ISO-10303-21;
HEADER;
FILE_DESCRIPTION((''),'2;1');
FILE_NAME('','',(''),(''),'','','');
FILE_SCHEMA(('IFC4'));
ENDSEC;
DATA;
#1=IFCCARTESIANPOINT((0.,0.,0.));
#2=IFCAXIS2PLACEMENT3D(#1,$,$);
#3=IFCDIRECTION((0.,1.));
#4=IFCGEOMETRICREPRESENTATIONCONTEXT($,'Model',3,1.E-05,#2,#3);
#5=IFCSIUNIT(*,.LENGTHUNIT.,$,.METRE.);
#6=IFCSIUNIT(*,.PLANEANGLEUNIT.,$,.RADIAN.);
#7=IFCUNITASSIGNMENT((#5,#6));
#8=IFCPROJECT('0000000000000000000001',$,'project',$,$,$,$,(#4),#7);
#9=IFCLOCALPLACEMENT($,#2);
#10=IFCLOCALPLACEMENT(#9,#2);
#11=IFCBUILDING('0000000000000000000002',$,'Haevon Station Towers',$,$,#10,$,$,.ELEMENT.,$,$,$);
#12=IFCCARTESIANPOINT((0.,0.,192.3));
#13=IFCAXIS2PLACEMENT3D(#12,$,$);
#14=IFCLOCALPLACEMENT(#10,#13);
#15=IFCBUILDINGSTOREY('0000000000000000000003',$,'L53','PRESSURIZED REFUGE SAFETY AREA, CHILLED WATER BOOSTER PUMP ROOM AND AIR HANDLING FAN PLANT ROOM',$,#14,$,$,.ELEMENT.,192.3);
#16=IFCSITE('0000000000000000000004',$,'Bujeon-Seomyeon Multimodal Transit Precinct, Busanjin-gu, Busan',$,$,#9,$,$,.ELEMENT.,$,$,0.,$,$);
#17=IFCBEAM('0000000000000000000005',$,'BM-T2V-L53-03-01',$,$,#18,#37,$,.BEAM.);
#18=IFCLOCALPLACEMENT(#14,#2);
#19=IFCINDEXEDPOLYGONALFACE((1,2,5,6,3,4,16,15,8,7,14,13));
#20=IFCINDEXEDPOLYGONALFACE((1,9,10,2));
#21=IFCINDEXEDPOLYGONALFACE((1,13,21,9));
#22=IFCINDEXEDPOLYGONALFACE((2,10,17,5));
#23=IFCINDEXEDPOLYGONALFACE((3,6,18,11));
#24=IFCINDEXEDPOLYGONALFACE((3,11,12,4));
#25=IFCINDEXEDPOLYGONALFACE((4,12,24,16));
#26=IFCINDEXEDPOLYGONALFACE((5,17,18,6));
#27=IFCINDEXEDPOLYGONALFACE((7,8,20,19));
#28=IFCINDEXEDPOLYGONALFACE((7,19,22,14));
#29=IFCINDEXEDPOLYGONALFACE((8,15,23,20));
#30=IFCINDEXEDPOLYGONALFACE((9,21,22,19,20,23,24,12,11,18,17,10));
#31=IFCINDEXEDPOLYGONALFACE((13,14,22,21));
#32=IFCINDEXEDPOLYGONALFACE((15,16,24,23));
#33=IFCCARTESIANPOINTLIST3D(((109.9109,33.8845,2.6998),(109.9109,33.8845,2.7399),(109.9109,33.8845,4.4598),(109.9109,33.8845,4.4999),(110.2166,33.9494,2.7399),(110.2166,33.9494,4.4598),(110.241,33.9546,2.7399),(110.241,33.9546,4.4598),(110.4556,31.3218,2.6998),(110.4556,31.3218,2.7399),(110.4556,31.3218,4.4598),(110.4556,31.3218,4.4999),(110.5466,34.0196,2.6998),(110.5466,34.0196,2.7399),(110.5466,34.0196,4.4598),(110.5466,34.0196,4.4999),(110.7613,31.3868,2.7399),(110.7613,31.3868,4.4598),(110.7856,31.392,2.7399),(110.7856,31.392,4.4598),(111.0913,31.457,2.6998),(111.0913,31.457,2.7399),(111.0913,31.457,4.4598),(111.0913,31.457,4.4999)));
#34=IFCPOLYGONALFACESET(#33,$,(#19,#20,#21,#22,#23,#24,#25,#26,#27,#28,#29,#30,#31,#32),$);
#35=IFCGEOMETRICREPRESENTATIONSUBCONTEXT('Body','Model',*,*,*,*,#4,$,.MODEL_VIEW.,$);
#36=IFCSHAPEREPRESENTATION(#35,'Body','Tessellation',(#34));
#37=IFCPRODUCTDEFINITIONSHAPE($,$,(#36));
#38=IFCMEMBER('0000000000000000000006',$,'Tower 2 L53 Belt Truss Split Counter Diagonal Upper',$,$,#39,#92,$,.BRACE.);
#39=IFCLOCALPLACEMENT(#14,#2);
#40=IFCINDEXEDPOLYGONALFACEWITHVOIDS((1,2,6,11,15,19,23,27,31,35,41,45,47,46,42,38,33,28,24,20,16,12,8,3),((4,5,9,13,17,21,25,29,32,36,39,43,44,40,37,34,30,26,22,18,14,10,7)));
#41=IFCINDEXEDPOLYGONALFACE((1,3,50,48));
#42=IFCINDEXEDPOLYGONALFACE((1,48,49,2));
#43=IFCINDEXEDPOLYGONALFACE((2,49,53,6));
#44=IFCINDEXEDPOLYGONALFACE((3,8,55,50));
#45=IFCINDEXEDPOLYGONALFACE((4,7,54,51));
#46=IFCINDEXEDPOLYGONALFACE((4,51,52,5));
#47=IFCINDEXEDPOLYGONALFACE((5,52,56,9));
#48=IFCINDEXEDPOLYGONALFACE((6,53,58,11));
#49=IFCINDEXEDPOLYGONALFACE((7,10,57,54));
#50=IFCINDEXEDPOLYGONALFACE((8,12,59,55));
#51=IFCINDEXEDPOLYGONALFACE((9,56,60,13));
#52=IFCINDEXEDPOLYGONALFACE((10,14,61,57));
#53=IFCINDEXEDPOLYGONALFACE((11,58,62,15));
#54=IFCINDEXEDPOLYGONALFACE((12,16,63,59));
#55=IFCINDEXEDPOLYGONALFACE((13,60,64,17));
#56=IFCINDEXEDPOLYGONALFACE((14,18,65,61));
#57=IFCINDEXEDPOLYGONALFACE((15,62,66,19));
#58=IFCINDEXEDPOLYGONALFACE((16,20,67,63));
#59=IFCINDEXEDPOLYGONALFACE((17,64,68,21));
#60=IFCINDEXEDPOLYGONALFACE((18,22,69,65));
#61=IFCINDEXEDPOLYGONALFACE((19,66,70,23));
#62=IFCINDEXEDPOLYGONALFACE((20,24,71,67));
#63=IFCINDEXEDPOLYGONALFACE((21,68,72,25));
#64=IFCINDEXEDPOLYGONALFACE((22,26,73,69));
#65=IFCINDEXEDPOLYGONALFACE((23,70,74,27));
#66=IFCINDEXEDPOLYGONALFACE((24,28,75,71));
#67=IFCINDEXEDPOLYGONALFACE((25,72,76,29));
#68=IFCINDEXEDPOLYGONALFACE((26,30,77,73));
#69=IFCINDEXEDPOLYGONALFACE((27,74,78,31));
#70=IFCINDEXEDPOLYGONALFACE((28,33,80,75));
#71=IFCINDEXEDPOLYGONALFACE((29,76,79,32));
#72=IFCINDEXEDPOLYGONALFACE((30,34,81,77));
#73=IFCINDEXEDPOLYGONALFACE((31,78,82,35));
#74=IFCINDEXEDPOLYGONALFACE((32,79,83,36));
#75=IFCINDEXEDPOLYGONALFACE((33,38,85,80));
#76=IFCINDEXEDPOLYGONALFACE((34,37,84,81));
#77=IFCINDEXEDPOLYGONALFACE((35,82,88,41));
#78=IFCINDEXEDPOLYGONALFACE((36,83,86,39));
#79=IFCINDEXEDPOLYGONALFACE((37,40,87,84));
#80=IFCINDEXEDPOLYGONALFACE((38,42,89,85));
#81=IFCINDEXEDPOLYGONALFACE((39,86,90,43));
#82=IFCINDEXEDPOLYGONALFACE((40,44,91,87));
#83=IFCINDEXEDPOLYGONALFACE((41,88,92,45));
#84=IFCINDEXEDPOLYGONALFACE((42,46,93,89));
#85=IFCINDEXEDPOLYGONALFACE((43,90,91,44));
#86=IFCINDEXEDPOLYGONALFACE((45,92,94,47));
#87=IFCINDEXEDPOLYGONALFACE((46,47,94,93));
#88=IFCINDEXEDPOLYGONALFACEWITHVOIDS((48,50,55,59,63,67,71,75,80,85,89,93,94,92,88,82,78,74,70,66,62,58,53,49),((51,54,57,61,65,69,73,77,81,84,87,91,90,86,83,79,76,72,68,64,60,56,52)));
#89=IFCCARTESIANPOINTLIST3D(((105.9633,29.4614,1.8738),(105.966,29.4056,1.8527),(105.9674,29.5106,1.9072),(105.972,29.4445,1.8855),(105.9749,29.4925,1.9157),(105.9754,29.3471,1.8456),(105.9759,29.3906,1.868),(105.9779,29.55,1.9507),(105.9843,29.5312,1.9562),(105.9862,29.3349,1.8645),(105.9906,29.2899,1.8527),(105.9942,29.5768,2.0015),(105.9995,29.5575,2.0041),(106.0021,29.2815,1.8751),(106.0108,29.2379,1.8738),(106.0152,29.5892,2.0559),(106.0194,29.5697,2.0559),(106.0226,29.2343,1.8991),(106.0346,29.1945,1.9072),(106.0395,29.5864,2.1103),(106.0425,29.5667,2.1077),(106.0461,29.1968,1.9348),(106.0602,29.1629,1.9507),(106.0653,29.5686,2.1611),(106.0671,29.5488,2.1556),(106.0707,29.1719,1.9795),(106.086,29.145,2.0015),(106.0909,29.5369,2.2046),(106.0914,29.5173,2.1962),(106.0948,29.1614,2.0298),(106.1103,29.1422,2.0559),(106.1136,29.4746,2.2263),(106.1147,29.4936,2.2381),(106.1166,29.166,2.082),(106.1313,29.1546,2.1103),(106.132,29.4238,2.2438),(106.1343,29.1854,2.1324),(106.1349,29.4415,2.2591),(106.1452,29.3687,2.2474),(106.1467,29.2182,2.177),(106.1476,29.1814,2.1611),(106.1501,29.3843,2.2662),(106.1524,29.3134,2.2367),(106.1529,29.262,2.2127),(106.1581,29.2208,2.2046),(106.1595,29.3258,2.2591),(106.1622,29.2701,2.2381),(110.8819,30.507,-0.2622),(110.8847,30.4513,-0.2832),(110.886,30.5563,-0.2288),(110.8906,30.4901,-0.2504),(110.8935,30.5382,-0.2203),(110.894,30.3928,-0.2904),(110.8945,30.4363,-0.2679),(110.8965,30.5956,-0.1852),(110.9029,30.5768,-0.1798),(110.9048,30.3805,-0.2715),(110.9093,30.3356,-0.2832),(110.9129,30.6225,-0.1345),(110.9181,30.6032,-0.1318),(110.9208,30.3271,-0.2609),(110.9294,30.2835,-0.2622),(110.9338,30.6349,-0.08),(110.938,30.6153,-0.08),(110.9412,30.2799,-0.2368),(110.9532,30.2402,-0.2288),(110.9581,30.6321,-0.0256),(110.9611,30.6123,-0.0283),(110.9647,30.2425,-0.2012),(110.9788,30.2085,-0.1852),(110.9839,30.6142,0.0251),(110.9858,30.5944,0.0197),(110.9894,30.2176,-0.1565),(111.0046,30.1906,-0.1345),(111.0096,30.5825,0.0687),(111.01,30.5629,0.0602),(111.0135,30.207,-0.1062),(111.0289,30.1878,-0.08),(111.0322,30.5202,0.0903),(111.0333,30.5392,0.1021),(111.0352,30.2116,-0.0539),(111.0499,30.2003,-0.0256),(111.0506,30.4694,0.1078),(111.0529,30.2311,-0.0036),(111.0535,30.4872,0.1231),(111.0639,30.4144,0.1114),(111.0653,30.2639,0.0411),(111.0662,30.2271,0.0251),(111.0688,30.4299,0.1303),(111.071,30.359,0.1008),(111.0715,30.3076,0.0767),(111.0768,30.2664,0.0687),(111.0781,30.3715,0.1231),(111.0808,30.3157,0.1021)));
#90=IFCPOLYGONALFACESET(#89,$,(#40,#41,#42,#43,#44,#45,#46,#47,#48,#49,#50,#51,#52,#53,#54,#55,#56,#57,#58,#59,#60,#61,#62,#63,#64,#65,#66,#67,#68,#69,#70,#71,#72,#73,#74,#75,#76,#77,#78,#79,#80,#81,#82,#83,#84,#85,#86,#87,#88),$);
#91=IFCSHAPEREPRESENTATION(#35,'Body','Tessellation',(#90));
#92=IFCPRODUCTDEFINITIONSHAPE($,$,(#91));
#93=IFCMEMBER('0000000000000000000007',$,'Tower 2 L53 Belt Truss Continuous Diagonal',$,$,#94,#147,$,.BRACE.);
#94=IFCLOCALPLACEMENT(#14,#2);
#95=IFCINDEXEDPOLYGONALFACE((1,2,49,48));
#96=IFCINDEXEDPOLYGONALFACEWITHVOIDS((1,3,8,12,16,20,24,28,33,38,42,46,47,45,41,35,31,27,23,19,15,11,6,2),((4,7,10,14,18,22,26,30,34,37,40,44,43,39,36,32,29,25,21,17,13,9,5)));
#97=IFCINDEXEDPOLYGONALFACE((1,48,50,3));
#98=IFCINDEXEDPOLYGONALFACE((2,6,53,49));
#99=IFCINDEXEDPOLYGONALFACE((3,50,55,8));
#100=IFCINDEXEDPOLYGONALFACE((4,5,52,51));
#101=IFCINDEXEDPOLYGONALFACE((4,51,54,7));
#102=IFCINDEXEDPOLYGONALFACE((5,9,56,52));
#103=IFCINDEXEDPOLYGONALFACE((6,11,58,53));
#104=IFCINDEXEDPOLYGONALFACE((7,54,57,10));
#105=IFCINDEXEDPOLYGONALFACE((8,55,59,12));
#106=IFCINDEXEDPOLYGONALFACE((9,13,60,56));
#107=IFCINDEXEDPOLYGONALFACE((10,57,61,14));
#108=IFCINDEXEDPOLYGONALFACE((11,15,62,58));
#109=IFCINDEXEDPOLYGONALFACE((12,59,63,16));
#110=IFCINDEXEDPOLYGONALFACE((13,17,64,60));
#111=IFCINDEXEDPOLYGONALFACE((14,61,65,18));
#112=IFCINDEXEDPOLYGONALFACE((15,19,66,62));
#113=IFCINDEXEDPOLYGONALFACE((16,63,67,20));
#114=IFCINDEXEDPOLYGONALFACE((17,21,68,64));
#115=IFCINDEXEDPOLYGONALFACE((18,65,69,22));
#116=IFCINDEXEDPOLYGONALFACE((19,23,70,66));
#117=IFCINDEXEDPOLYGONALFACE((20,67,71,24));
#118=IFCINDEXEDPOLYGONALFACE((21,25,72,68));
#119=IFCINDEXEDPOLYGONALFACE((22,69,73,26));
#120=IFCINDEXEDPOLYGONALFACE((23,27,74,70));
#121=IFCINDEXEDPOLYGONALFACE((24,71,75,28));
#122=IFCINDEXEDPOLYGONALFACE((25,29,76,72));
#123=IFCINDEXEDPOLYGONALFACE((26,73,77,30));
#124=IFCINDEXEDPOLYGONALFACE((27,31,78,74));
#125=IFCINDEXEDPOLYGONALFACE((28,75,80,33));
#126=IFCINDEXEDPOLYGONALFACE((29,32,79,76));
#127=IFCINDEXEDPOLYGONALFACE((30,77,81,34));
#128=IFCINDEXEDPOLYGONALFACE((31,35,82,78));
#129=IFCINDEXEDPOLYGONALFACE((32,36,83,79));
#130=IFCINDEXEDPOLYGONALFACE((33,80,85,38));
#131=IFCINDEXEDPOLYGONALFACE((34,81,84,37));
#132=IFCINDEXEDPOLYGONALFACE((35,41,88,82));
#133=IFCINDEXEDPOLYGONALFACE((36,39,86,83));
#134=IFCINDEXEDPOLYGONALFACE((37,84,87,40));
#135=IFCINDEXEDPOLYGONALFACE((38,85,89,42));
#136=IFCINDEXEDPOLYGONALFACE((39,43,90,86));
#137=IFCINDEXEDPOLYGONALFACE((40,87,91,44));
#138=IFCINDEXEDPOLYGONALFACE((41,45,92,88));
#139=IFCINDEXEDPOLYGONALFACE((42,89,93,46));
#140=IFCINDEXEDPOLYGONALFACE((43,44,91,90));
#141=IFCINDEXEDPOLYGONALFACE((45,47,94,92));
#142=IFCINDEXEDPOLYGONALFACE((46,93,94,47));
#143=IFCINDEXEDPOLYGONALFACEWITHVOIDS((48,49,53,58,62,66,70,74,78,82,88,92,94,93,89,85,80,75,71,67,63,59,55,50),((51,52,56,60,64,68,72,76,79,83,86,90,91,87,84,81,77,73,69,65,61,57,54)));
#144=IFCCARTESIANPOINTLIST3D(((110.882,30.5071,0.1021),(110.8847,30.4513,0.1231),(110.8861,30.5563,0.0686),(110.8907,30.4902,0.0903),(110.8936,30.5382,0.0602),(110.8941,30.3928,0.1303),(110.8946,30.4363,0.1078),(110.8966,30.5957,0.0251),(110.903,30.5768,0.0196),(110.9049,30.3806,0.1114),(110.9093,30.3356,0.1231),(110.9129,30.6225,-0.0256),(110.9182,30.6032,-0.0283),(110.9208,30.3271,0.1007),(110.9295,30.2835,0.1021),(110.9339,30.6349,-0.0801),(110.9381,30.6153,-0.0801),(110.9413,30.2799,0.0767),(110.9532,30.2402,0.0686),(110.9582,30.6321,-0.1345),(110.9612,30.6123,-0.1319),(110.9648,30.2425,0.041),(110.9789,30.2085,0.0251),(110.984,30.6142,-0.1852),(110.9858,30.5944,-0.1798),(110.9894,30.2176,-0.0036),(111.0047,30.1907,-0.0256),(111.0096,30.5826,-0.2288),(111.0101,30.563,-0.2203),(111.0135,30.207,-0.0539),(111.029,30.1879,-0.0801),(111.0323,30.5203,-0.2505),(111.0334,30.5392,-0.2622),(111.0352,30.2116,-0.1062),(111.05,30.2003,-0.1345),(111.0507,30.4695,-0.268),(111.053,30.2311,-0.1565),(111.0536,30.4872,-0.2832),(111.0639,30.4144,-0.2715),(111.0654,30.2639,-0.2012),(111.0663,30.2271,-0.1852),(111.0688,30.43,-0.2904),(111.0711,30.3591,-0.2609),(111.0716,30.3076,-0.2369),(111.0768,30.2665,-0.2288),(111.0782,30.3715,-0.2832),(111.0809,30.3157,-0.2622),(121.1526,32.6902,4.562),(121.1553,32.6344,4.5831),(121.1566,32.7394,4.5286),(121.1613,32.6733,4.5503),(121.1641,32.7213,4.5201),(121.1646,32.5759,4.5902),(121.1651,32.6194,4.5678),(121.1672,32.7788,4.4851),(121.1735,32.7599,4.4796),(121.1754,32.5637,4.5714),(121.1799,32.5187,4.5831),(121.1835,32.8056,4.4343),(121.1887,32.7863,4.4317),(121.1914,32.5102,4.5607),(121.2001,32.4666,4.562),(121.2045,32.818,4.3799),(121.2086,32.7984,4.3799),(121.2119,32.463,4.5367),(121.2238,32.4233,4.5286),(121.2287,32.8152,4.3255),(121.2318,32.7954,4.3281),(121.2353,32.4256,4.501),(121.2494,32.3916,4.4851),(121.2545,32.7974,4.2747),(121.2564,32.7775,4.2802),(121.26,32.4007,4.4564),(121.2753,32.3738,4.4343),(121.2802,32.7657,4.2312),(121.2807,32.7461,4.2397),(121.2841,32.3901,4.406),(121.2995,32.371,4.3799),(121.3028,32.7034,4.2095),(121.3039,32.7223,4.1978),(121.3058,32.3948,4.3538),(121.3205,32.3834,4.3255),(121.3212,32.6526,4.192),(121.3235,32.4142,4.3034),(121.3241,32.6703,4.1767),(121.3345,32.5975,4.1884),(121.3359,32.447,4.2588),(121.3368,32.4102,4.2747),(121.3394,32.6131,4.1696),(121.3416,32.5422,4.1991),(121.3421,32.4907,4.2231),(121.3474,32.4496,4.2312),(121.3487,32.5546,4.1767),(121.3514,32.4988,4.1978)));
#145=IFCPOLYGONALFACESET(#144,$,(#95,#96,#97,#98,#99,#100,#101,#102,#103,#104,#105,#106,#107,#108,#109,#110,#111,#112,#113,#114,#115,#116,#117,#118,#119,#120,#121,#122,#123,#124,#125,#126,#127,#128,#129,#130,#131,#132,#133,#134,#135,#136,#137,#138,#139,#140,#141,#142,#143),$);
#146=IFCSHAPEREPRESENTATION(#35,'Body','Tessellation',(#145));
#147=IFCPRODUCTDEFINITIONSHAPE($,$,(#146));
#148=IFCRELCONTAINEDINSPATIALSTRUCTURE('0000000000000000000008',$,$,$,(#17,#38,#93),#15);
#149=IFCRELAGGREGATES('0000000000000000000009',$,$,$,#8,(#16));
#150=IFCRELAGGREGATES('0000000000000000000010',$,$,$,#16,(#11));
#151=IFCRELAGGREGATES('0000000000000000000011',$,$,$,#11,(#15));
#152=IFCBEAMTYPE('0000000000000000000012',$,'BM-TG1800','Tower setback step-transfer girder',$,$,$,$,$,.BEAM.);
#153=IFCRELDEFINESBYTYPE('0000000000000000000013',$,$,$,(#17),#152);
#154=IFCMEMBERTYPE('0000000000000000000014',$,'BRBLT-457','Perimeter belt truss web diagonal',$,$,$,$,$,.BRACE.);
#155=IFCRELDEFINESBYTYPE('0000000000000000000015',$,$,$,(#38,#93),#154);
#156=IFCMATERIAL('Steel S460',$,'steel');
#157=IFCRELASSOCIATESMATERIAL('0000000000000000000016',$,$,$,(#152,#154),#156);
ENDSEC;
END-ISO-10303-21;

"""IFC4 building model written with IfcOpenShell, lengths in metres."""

from ifc_helpers import new_model, si_unit, direction, frame, origin, origin_2d, place, context, subcontext, project, spatial, hollow_circle, i_section, extrude, material, material_profile, profile_set, type_object, element, save


model = new_model("IFC4")

# Units and contexts
model_context = context("Model", 3, precision=1e-05, world=origin(), true_north=direction((0.0, 1.0)))
body_context = subcontext(model_context, "Body", "Model", "MODEL_VIEW")
ifc_project = project(units=[si_unit("LENGTHUNIT", "METRE"), si_unit("PLANEANGLEUNIT", "RADIAN")], contexts=[model_context])

# Site, building, storey
site_placement = place(None, origin())
site = spatial("IfcSite", under=ifc_project, at=site_placement, Name="Bujeon-Seomyeon Multimodal Transit Precinct, Busanjin-gu, Busan", CompositionType="ELEMENT", RefElevation=0.0)
building_placement = place(site_placement, origin())
building = spatial("IfcBuilding", under=site, at=building_placement, Name="Haevon Station Towers", CompositionType="ELEMENT")
storey_placement = place(building_placement, frame((0.0, 0.0, 192.3)))
storey = spatial("IfcBuildingStorey", under=building, at=storey_placement, Name="L53", Description="PRESSURIZED REFUGE SAFETY AREA, CHILLED WATER BOOSTER PUMP ROOM AND AIR HANDLING FAN PLANT ROOM", CompositionType="ELEMENT", Elevation=192.3)

# Beam
ifc_material_1 = material(Name="Steel S460", Category="steel")
ifc_material_profile_1 = material_profile(ifc_material_1, i_section(OverallWidth=0.6499, OverallDepth=1.8, WebThickness=0.0249, FlangeThickness=0.04, at=origin_2d()), Name="H-1800x650x25x40")
ifc_profile_set_1 = profile_set([ifc_material_profile_1], Name="Steel S460")
beam_type_1 = type_object("IfcBeamType", Name="BM-TG1800", Description="Tower setback step-transfer girder", PredefinedType="BEAM", material=ifc_profile_set_1)
beam_1_placement = place(storey_placement, frame((110.7734, 31.3894, 3.5999), z_axis=(-0.207893, 0.978152, 0.0), x_axis=(-0.978152, -0.207893, 0.0)))
element("IfcBeam", 1, at=beam_1_placement, inside=storey, type_object=beam_type_1, Name="BM-T2V-L53-03-01", PredefinedType="BEAM", context=body_context, shape_type="SweptSolid", body=[
    extrude(i_section(OverallWidth=0.6499, OverallDepth=1.8, WebThickness=0.0249, FlangeThickness=0.04, at=origin_2d()), origin(), (0.0, 0.0, 1.0), 2.6199),
])

# Members
ifc_material_profile_2 = material_profile(ifc_material_1, hollow_circle(Radius=0.2285, WallThickness=0.02, at=origin_2d()), Name="CHS-457x20")
ifc_profile_set_2 = profile_set([ifc_material_profile_2], Name="Steel S460")
member_type_1 = type_object("IfcMemberType", Name="BRBLT-457", Description="Perimeter belt truss web diagonal", PredefinedType="BRACE", material=ifc_profile_set_2)
member_1_placement = place(storey_placement, frame((106.0627, 29.3657, 2.0559), z_axis=(0.90029, 0.19139, -0.390958), x_axis=(-0.207941, 0.978141, 0.0)))
element("IfcMember", 2, at=member_1_placement, inside=storey, type_object=member_type_1, Name="Tower 2 L53 Belt Truss Split Counter Diagonal Upper", PredefinedType="BRACE", context=body_context, shape_type="SweptSolid", body=[
    extrude(hollow_circle(Radius=0.2285, WallThickness=0.02, at=origin_2d()), origin(), (0.0, 0.0, 1.0), 5.4634),
])
member_2_placement = place(storey_placement, frame((110.9814, 30.4114, -0.0801), z_axis=(0.900297, 0.191368, 0.390953), x_axis=(-0.207915, 0.978147, 0.0)))
element("IfcMember", 3, at=member_2_placement, inside=storey, type_object=member_type_1, Name="Tower 2 L53 Belt Truss Continuous Diagonal", PredefinedType="BRACE", context=body_context, shape_type="SweptSolid", body=[
    extrude(hollow_circle(Radius=0.2285, WallThickness=0.02, at=origin_2d()), origin(), (0.0, 0.0, 1.0), 11.408),
])

save(model, "model.ifc")
